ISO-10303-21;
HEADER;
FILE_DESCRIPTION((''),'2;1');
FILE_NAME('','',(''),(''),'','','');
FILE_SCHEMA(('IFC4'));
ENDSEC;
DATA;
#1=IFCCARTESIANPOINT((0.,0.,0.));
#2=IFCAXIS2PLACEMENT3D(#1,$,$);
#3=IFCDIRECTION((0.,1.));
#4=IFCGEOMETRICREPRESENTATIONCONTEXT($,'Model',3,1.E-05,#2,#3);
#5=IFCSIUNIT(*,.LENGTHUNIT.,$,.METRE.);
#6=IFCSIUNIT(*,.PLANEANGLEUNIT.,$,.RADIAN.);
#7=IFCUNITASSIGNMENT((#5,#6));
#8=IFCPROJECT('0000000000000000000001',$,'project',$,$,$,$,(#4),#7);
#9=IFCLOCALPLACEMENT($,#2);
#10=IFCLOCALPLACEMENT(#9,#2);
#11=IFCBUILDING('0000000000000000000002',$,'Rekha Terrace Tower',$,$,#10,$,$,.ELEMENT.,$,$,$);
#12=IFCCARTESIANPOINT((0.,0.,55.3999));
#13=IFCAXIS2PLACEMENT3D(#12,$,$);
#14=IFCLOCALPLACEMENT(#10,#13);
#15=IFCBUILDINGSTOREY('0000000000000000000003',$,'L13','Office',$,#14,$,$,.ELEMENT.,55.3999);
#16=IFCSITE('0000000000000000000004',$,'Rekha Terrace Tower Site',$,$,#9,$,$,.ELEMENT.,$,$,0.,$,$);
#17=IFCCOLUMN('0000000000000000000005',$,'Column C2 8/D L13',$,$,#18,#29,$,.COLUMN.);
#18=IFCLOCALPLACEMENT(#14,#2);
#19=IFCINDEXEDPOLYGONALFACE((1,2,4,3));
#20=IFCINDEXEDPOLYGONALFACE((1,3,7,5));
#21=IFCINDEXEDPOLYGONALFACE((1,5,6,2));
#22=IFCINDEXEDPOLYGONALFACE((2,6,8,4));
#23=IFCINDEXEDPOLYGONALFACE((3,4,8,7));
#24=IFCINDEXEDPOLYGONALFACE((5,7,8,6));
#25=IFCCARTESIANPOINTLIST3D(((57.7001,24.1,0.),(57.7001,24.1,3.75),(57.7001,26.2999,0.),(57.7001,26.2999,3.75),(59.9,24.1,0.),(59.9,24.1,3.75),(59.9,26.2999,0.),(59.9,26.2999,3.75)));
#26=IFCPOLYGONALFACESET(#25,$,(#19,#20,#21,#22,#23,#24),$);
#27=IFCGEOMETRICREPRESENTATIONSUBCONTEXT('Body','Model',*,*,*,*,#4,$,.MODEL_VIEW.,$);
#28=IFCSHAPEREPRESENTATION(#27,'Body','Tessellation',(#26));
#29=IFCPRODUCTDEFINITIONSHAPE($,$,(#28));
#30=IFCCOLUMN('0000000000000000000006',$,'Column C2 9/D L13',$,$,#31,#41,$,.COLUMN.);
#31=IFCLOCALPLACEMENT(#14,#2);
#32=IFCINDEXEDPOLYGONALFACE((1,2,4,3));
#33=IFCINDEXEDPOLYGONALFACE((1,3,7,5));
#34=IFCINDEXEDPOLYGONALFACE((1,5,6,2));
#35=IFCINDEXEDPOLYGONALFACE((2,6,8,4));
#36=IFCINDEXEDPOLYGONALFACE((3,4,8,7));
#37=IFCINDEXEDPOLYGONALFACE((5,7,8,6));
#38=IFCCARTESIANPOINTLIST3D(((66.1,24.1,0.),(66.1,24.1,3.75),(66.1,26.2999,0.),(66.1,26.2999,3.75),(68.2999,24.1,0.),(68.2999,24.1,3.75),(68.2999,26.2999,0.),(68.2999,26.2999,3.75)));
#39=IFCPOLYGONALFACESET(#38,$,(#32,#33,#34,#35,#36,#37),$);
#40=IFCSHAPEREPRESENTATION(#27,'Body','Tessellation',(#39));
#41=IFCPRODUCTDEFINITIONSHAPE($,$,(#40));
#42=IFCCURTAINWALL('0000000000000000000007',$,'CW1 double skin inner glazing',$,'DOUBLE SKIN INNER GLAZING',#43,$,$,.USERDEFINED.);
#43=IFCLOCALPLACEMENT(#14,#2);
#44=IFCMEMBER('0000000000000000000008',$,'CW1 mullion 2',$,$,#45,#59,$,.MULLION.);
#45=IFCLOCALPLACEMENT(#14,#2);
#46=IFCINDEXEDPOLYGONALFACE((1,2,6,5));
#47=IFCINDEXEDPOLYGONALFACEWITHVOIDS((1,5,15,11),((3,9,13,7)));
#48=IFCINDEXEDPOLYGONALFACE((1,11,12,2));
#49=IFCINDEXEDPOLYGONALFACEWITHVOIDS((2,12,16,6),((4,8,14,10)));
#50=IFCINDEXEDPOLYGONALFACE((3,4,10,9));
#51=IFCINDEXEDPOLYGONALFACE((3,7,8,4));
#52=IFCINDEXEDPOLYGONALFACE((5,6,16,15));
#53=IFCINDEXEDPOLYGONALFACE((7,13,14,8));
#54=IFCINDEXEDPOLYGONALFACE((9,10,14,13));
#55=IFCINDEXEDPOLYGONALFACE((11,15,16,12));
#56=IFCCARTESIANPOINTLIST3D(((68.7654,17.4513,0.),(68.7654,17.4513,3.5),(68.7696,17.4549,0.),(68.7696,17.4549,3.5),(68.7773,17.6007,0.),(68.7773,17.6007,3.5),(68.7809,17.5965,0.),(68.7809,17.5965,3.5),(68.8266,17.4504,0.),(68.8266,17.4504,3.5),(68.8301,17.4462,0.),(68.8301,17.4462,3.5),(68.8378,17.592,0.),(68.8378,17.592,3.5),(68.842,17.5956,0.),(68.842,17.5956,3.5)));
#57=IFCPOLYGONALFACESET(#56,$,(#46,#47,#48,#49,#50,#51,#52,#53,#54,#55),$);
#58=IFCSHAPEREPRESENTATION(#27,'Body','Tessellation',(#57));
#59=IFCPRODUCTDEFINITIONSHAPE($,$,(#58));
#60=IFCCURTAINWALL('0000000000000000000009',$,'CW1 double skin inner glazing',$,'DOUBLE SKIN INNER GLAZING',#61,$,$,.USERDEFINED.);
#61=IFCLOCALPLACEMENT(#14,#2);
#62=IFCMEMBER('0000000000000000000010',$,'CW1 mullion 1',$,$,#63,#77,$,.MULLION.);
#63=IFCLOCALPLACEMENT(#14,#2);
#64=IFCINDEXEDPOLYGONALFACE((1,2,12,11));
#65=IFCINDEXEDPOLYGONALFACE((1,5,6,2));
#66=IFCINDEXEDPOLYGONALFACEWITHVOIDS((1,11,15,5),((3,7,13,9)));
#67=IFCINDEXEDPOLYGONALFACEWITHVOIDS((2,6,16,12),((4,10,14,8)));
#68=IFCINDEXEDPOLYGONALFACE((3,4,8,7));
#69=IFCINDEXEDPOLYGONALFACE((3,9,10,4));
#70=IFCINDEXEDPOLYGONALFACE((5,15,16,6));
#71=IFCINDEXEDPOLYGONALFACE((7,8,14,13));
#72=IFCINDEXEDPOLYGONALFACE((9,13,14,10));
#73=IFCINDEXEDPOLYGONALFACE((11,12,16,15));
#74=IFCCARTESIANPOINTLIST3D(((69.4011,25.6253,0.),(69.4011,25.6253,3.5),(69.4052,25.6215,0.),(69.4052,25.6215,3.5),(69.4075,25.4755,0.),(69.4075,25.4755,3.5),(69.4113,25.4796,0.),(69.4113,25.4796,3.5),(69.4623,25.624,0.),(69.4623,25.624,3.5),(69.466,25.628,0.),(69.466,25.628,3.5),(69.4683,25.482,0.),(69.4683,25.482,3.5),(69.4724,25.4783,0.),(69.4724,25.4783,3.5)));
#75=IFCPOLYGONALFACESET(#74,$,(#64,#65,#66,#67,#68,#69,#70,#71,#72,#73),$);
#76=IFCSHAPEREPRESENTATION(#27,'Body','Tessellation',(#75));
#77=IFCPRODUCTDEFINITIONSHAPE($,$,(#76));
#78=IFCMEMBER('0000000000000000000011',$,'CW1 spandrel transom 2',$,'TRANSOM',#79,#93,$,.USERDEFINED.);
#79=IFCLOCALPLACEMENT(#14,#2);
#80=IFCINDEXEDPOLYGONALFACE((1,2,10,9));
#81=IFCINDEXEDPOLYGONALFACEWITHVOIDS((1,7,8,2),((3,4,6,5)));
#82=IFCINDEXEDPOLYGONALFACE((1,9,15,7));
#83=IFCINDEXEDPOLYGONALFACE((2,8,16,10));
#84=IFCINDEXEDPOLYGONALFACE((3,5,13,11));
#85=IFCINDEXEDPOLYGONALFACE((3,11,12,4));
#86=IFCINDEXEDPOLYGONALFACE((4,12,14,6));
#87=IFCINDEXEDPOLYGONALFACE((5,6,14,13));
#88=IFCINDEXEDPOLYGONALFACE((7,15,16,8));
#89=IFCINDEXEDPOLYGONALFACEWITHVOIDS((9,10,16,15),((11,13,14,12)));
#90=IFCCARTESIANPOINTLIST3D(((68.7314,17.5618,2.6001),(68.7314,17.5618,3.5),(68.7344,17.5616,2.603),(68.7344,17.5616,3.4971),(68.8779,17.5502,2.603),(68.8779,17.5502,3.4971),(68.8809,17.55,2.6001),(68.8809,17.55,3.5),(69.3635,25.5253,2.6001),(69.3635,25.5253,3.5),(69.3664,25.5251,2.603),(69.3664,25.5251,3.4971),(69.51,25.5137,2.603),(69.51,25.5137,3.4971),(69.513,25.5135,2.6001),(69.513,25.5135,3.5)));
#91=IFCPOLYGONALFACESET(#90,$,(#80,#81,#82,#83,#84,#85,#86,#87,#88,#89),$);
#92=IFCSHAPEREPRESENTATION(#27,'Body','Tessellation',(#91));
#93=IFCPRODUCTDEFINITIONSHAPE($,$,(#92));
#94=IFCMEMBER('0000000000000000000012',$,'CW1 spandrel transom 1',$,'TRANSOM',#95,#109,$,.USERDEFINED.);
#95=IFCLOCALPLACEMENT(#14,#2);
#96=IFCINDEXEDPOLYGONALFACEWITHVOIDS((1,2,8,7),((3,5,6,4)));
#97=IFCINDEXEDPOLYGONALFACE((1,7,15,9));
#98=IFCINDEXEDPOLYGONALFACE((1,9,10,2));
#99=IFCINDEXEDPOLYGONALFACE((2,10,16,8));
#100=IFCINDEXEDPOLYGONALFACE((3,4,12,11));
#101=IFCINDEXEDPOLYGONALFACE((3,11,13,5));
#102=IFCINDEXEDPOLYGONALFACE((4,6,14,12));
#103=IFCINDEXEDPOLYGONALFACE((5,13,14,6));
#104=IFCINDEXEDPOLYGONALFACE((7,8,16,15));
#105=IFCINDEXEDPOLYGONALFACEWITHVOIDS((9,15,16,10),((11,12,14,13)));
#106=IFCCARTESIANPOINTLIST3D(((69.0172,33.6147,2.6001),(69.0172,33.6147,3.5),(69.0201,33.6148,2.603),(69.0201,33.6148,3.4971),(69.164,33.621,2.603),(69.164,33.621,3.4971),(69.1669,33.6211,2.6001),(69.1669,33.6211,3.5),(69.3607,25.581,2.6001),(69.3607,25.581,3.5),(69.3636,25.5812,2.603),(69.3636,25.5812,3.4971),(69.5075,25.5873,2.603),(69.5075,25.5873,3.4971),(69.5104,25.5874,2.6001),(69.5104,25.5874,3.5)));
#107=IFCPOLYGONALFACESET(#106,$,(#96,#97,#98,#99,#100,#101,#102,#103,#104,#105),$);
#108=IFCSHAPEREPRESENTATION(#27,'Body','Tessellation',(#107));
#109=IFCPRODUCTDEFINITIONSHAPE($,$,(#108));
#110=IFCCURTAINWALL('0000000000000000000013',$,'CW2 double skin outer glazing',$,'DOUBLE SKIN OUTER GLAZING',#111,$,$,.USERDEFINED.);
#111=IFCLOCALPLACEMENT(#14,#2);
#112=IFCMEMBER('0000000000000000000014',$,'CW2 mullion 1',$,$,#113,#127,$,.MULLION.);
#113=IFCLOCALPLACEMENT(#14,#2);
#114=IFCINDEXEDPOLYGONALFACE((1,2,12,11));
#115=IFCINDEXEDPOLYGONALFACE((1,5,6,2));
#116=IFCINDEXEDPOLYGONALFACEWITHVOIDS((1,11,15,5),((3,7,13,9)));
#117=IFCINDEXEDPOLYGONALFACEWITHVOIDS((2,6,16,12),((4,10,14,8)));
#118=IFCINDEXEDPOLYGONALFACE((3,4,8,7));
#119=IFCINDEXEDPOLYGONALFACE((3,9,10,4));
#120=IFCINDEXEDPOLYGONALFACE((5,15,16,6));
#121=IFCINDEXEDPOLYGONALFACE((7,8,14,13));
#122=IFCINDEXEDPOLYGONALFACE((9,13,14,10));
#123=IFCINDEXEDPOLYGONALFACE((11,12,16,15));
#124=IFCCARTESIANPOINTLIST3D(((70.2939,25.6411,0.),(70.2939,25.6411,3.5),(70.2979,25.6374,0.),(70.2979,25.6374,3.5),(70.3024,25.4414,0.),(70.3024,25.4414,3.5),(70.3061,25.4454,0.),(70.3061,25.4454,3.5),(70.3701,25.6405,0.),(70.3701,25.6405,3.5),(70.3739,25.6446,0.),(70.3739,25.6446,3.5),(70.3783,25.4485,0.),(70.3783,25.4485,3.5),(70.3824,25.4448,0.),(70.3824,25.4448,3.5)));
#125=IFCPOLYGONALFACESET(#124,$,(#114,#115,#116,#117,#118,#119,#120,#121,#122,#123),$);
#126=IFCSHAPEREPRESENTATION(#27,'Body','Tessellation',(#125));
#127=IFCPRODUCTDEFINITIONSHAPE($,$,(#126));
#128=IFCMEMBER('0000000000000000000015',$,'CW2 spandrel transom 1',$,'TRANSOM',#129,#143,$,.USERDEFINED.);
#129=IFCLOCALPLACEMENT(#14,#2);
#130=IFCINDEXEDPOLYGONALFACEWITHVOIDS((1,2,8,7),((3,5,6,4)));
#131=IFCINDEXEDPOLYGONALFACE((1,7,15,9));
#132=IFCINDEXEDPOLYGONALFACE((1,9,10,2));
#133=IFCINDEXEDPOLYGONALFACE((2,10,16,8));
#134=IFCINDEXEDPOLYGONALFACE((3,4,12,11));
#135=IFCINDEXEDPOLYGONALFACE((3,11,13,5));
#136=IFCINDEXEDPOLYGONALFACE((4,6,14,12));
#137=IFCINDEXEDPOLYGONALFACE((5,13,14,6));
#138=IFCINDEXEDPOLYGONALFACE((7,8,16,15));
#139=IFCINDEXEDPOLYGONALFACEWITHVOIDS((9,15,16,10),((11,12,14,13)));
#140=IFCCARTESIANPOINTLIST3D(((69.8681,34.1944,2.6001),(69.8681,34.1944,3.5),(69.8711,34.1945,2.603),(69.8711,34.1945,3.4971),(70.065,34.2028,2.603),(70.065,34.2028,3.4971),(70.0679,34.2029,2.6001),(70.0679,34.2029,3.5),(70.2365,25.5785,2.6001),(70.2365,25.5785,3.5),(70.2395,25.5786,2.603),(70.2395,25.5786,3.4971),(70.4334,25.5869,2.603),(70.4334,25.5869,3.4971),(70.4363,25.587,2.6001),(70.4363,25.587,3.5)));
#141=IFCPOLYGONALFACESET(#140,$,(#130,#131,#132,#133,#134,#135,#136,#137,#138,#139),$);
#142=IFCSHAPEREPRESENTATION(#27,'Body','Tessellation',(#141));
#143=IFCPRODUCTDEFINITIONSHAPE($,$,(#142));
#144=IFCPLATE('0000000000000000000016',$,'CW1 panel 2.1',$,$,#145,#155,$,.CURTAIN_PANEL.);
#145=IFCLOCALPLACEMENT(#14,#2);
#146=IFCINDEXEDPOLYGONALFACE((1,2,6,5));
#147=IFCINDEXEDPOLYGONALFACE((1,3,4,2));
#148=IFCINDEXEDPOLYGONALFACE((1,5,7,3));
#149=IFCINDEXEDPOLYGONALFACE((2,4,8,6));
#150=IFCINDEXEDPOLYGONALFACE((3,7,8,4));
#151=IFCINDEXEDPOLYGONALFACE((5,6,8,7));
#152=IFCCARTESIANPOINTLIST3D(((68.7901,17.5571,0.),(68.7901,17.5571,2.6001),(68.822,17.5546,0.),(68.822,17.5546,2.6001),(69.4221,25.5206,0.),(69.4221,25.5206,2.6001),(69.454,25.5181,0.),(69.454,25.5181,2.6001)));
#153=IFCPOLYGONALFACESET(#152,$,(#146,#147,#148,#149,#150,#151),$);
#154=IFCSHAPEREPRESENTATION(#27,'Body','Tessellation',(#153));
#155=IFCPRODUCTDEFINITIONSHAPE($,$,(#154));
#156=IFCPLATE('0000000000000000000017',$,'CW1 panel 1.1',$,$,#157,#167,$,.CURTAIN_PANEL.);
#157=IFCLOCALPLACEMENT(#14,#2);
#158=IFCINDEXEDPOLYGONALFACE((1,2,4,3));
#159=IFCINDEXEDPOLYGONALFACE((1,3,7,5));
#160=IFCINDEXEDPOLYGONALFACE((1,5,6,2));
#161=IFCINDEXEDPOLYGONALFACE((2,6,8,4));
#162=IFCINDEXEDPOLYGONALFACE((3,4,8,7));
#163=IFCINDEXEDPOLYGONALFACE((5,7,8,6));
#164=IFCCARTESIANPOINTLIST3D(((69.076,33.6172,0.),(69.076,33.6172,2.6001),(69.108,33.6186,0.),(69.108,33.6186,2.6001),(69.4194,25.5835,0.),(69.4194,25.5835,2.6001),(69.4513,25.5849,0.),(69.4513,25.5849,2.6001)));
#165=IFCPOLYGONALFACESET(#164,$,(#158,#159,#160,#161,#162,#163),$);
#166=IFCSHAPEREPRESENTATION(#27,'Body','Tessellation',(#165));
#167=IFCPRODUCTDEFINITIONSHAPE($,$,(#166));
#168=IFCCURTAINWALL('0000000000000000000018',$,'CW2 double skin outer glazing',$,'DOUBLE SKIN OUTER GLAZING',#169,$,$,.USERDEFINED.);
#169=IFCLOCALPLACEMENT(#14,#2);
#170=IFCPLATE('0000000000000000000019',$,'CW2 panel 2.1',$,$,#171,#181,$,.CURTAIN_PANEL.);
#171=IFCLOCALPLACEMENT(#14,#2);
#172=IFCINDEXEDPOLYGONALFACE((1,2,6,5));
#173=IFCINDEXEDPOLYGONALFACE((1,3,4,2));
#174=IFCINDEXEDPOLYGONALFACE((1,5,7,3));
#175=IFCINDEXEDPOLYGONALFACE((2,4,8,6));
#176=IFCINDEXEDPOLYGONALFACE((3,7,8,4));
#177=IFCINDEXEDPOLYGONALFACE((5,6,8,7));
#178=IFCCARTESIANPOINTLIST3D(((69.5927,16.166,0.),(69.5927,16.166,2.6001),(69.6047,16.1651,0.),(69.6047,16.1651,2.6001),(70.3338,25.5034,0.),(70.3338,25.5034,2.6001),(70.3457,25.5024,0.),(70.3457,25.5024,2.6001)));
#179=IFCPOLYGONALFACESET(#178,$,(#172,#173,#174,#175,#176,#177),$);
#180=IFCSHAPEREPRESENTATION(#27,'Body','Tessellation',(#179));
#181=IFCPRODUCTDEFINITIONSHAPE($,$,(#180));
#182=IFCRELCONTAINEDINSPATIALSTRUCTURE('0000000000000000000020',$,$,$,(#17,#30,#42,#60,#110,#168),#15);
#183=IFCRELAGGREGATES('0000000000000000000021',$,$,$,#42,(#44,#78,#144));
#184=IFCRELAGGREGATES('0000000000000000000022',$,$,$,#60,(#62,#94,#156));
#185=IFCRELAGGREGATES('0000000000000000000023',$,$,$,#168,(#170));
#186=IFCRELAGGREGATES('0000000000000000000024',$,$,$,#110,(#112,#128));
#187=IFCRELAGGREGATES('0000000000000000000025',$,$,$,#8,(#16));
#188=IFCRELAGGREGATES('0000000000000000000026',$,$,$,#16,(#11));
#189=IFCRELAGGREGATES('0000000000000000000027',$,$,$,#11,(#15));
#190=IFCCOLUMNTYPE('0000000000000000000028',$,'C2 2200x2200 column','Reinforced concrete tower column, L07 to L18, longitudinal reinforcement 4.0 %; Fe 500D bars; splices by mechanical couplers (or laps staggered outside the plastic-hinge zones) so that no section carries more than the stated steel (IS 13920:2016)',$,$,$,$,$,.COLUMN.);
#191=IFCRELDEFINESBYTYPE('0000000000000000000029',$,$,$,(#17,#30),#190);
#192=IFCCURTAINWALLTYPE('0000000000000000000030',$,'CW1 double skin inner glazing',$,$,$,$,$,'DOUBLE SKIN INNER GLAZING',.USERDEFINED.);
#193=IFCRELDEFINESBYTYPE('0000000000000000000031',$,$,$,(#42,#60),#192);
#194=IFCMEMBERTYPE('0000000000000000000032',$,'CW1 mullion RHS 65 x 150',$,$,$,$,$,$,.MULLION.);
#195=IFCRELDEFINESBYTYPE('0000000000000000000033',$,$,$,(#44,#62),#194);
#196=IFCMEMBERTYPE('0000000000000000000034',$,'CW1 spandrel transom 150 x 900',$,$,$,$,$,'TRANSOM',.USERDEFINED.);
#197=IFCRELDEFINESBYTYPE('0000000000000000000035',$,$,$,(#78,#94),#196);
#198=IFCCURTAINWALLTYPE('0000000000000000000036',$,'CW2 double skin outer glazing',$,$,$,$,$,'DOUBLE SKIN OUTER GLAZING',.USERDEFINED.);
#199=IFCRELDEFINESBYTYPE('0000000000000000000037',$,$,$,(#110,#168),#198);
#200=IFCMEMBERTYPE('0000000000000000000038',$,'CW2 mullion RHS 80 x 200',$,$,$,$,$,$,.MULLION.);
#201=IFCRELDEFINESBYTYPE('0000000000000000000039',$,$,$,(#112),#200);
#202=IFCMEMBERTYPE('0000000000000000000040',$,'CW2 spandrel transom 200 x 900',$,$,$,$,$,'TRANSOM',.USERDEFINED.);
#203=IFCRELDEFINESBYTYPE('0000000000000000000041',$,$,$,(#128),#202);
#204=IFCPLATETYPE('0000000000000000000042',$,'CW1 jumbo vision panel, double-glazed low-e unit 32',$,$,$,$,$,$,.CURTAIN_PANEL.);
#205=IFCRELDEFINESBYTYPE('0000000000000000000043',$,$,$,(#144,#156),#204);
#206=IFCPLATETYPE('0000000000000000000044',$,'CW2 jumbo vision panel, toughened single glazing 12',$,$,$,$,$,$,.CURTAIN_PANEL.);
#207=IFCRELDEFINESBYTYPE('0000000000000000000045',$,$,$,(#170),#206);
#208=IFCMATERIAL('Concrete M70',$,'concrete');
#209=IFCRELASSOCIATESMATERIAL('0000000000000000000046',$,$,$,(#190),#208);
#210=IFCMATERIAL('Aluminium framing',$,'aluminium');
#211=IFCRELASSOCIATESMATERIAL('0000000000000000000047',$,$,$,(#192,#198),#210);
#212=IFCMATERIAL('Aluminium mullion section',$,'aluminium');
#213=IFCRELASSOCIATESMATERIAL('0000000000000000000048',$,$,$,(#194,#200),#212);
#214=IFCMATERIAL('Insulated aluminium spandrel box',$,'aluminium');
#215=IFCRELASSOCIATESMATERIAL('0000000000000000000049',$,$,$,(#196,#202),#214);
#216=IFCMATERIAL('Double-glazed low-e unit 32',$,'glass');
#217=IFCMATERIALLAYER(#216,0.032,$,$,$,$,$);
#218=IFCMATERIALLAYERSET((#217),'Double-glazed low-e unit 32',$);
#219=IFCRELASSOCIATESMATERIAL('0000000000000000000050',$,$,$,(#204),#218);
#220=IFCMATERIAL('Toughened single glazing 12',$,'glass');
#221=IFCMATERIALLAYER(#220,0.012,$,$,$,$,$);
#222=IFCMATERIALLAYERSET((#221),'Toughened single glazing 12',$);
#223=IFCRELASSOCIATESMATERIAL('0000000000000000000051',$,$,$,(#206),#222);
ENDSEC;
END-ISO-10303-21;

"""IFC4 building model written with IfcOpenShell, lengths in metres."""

from ifc_helpers import new_model, si_unit, direction, frame, origin, origin_2d, place, context, subcontext, project, spatial, rectangle, hollow_rectangle, extrude, material, layer, layer_set, material_profile, profile_set, type_object, element, aggregate, save


model = new_model("IFC4")

# Units and contexts
model_context = context("Model", 3, precision=1e-05, world=origin(), true_north=direction((0.0, 1.0)))
body_context = subcontext(model_context, "Body", "Model", "MODEL_VIEW")
ifc_project = project(units=[si_unit("LENGTHUNIT", "METRE"), si_unit("PLANEANGLEUNIT", "RADIAN")], contexts=[model_context])

# Site, building, storey
site_placement = place(None, origin())
site = spatial("IfcSite", under=ifc_project, at=site_placement, Name="Rekha Terrace Tower Site", CompositionType="ELEMENT", RefElevation=0.0)
building_placement = place(site_placement, origin())
building = spatial("IfcBuilding", under=site, at=building_placement, Name="Rekha Terrace Tower", CompositionType="ELEMENT")
storey_placement = place(building_placement, frame((0.0, 0.0, 55.3999)))
storey = spatial("IfcBuildingStorey", under=building, at=storey_placement, Name="L13", Description="Office", CompositionType="ELEMENT", Elevation=55.3999)

# Columns
ifc_material_1 = material(Name="Concrete M70", Category="concrete")
ifc_material_profile_1 = material_profile(ifc_material_1, rectangle(XDim=2.2, YDim=2.2, at=origin_2d()), Name="RC 2200x2200")
ifc_profile_set_1 = profile_set([ifc_material_profile_1], Name="Concrete M70")
column_type = type_object("IfcColumnType", Name="C2 2200x2200 column", Description="Reinforced concrete tower column, L07 to L18, longitudinal reinforcement 4.0 %; Fe 500D bars; splices by mechanical couplers (or laps staggered outside the plastic-hinge zones) so that no section carries more than the stated steel (IS 13920:2016)", PredefinedType="COLUMN", material=ifc_profile_set_1)
for number, where, z_axis, x_axis, name in (
    (1, (58.8, 25.2, 0.0), (0.0, 0.0, 1.0), (1.0, 0.0, 0.0), "Column C2 8/D L13"),
    (2, (67.2, 25.2, 0.0), (0.0, 0.0, 1.0), (1.0, 0.0, 0.0), "Column C2 9/D L13"),
):
    element("IfcColumn", number, at=place(storey_placement, frame(where, z_axis=z_axis, x_axis=x_axis)), inside=storey, type_object=column_type, Name=name, PredefinedType="COLUMN", context=body_context, shape_type="SweptSolid", body=[
        extrude(rectangle(XDim=2.2, YDim=2.2, at=origin_2d()), origin(), (0.0, 0.0, 1.0), 3.75),
    ])

# Curtain walls, members
ifc_material_2 = material(Name="Aluminium framing", Category="aluminium")
curtain_wall_type_1 = type_object("IfcCurtainWallType", Name="CW1 double skin inner glazing", ElementType="DOUBLE SKIN INNER GLAZING", PredefinedType="USERDEFINED", material=ifc_material_2)
curtain_wall_1_placement = place(storey_placement, origin())
curtain_wall_1 = element("IfcCurtainWall", 3, at=curtain_wall_1_placement, inside=storey, type_object=curtain_wall_type_1, Name="CW1 double skin inner glazing", ObjectType="DOUBLE SKIN INNER GLAZING", PredefinedType="USERDEFINED")
ifc_material_3 = material(Name="Aluminium mullion section", Category="aluminium")
ifc_material_profile_2 = material_profile(ifc_material_3, hollow_rectangle(XDim=0.0649, YDim=0.1499, WallThickness=0.0039, at=origin_2d()), Name="AL RHS 65x150")
ifc_profile_set_2 = profile_set([ifc_material_profile_2], Name="Aluminium mullion section")
member_type_1 = type_object("IfcMemberType", Name="CW1 mullion RHS 65 x 150", PredefinedType="MULLION", material=ifc_profile_set_2)
member_1_placement = place(storey_placement, frame((68.8037, 17.5234, 0.0), z_axis=(0.0, 0.0, 1.0), x_axis=(-0.996865, 0.079116, 0.0)))
member_1 = element("IfcMember", 4, at=member_1_placement, type_object=member_type_1, Name="CW1 mullion 2", PredefinedType="MULLION", context=body_context, shape_type="SweptSolid", body=[
    extrude(hollow_rectangle(XDim=0.0649, YDim=0.1499, WallThickness=0.0039, at=origin_2d()), origin(), (0.0, 0.0, 1.0), 3.5),
])
curtain_wall_2_placement = place(storey_placement, origin())
curtain_wall_2 = element("IfcCurtainWall", 5, at=curtain_wall_2_placement, inside=storey, type_object=curtain_wall_type_1, Name="CW1 double skin inner glazing", ObjectType="DOUBLE SKIN INNER GLAZING", PredefinedType="USERDEFINED")
member_2_placement = place(storey_placement, frame((69.4368, 25.5518, 0.0), z_axis=(0.0, 0.0, 1.0), x_axis=(-0.999088, -0.042696, 0.0)))
member_2 = element("IfcMember", 6, at=member_2_placement, type_object=member_type_1, Name="CW1 mullion 1", PredefinedType="MULLION", context=body_context, shape_type="SweptSolid", body=[
    extrude(hollow_rectangle(XDim=0.0649, YDim=0.1499, WallThickness=0.0039, at=origin_2d()), origin(), (0.0, 0.0, 1.0), 3.5),
])

# Members
ifc_material_4 = material(Name="Insulated aluminium spandrel box", Category="aluminium")
ifc_material_profile_3 = material_profile(ifc_material_4, hollow_rectangle(XDim=0.1499, YDim=0.8999, WallThickness=0.0029, at=origin_2d()), Name="AL SPANDREL BOX 150x900")
ifc_profile_set_3 = profile_set([ifc_material_profile_3], Name="Insulated aluminium spandrel box")
member_type_2 = type_object("IfcMemberType", Name="CW1 spandrel transom 150 x 900", ElementType="TRANSOM", PredefinedType="USERDEFINED", material=ifc_profile_set_3)
member_3_placement = place(storey_placement, frame((68.8062, 17.5559, 3.05), z_axis=(0.079124, 0.996865, 0.0), x_axis=(-0.996865, 0.079124, 0.0)))
member_3 = element("IfcMember", 7, at=member_3_placement, type_object=member_type_2, Name="CW1 spandrel transom 2", ObjectType="TRANSOM", PredefinedType="USERDEFINED", context=body_context, shape_type="SweptSolid", body=[
    extrude(hollow_rectangle(XDim=0.1499, YDim=0.8999, WallThickness=0.0029, at=origin_2d()), origin(), (0.0, 0.0, 1.0), 7.9885),
])
member_4_placement = place(storey_placement, frame((69.4355, 25.5842, 3.05), z_axis=(-0.042719, 0.999087, 0.0), x_axis=(-0.999087, -0.042719, 0.0)))
member_4 = element("IfcMember", 8, at=member_4_placement, type_object=member_type_2, Name="CW1 spandrel transom 1", ObjectType="TRANSOM", PredefinedType="USERDEFINED", context=body_context, shape_type="SweptSolid", body=[
    extrude(hollow_rectangle(XDim=0.1499, YDim=0.8999, WallThickness=0.0029, at=origin_2d()), origin(), (0.0, 0.0, 1.0), 8.041),
])

# Curtain wall, members
curtain_wall_type_2 = type_object("IfcCurtainWallType", Name="CW2 double skin outer glazing", ElementType="DOUBLE SKIN OUTER GLAZING", PredefinedType="USERDEFINED", material=ifc_material_2)
curtain_wall_3_placement = place(storey_placement, origin())
curtain_wall_3 = element("IfcCurtainWall", 9, at=curtain_wall_3_placement, inside=storey, type_object=curtain_wall_type_2, Name="CW2 double skin outer glazing", ObjectType="DOUBLE SKIN OUTER GLAZING", PredefinedType="USERDEFINED")
ifc_material_profile_4 = material_profile(ifc_material_3, hollow_rectangle(XDim=0.0801, YDim=0.2, WallThickness=0.0039, at=origin_2d()), Name="AL RHS 80x200")
ifc_profile_set_4 = profile_set([ifc_material_profile_4], Name="Aluminium mullion section")
member_type_3 = type_object("IfcMemberType", Name="CW2 mullion RHS 80 x 200", PredefinedType="MULLION", material=ifc_profile_set_4)
member_5_placement = place(storey_placement, frame((70.3381, 25.543, 0.0), z_axis=(0.0, 0.0, 1.0), x_axis=(-0.999088, -0.042696, 0.0)))
member_5 = element("IfcMember", 10, at=member_5_placement, type_object=member_type_3, Name="CW2 mullion 1", PredefinedType="MULLION", context=body_context, shape_type="SweptSolid", body=[
    extrude(hollow_rectangle(XDim=0.0801, YDim=0.2, WallThickness=0.0039, at=origin_2d()), origin(), (0.0, 0.0, 1.0), 3.5),
])
ifc_material_profile_5 = material_profile(ifc_material_4, hollow_rectangle(XDim=0.2, YDim=0.8999, WallThickness=0.0029, at=origin_2d()), Name="AL SPANDREL BOX 200x900")
ifc_profile_set_5 = profile_set([ifc_material_profile_5], Name="Insulated aluminium spandrel box")
member_type_4 = type_object("IfcMemberType", Name="CW2 spandrel transom 200 x 900", ElementType="TRANSOM", PredefinedType="USERDEFINED", material=ifc_profile_set_5)
member_6_placement = place(storey_placement, frame((70.3364, 25.5828, 3.05), z_axis=(-0.04272, 0.999087, 0.0), x_axis=(-0.999087, -0.04272, 0.0)))
member_6 = element("IfcMember", 11, at=member_6_placement, type_object=member_type_4, Name="CW2 spandrel transom 1", ObjectType="TRANSOM", PredefinedType="USERDEFINED", context=body_context, shape_type="SweptSolid", body=[
    extrude(hollow_rectangle(XDim=0.2, YDim=0.8999, WallThickness=0.0029, at=origin_2d()), origin(), (0.0, 0.0, 1.0), 8.6238),
])

# Plates
ifc_material_5 = material(Name="Double-glazed low-e unit 32", Category="glass")
ifc_layer_1 = layer(ifc_material_5, 0.032)
ifc_layer_set_1 = layer_set([ifc_layer_1], Name="Double-glazed low-e unit 32")
plate_type_1 = type_object("IfcPlateType", Name="CW1 jumbo vision panel, double-glazed low-e unit 32", PredefinedType="CURTAIN_PANEL", material=ifc_layer_set_1)
plate_1_placement = place(storey_placement, frame((69.1221, 21.5376, 0.0), z_axis=(0.0, 0.0, 1.0), x_axis=(0.079116, 0.996865, 0.0)))
plate_1 = element("IfcPlate", 12, at=plate_1_placement, type_object=plate_type_1, Name="CW1 panel 2.1", PredefinedType="CURTAIN_PANEL", context=body_context, shape_type="SweptSolid", body=[
    extrude(rectangle(XDim=7.9885, YDim=0.032, at=origin_2d()), origin(), (0.0, 0.0, 1.0), 2.6001),
])
aggregate(curtain_wall_1, [member_1, member_3, plate_1])
plate_2_placement = place(storey_placement, frame((69.2637, 29.6011, 0.0), z_axis=(0.0, 0.0, 1.0), x_axis=(-0.042696, 0.999088, 0.0)))
plate_2 = element("IfcPlate", 13, at=plate_2_placement, type_object=plate_type_1, Name="CW1 panel 1.1", PredefinedType="CURTAIN_PANEL", context=body_context, shape_type="SweptSolid", body=[
    extrude(rectangle(XDim=8.041, YDim=0.032, at=origin_2d()), origin(), (0.0, 0.0, 1.0), 2.6001),
])
aggregate(curtain_wall_2, [member_2, member_4, plate_2])

# Curtain wall, plate
curtain_wall_4_placement = place(storey_placement, origin())
curtain_wall_4 = element("IfcCurtainWall", 14, at=curtain_wall_4_placement, inside=storey, type_object=curtain_wall_type_2, Name="CW2 double skin outer glazing", ObjectType="DOUBLE SKIN OUTER GLAZING", PredefinedType="USERDEFINED")
ifc_material_6 = material(Name="Toughened single glazing 12", Category="glass")
ifc_layer_2 = layer(ifc_material_6, 0.012)
ifc_layer_set_2 = layer_set([ifc_layer_2], Name="Toughened single glazing 12")
plate_type_2 = type_object("IfcPlateType", Name="CW2 jumbo vision panel, toughened single glazing 12", PredefinedType="CURTAIN_PANEL", material=ifc_layer_set_2)
plate_3_placement = place(storey_placement, frame((69.9692, 20.8342, 0.0), z_axis=(0.0, 0.0, 1.0), x_axis=(0.079116, 0.996865, 0.0)))
plate_3 = element("IfcPlate", 15, at=plate_3_placement, type_object=plate_type_2, Name="CW2 panel 2.1", PredefinedType="CURTAIN_PANEL", context=body_context, shape_type="SweptSolid", body=[
    extrude(rectangle(XDim=9.3667, YDim=0.012, at=origin_2d()), origin(), (0.0, 0.0, 1.0), 2.6001),
])
aggregate(curtain_wall_4, [plate_3])

aggregate(curtain_wall_3, [member_5, member_6])

save(model, "model.ifc")
